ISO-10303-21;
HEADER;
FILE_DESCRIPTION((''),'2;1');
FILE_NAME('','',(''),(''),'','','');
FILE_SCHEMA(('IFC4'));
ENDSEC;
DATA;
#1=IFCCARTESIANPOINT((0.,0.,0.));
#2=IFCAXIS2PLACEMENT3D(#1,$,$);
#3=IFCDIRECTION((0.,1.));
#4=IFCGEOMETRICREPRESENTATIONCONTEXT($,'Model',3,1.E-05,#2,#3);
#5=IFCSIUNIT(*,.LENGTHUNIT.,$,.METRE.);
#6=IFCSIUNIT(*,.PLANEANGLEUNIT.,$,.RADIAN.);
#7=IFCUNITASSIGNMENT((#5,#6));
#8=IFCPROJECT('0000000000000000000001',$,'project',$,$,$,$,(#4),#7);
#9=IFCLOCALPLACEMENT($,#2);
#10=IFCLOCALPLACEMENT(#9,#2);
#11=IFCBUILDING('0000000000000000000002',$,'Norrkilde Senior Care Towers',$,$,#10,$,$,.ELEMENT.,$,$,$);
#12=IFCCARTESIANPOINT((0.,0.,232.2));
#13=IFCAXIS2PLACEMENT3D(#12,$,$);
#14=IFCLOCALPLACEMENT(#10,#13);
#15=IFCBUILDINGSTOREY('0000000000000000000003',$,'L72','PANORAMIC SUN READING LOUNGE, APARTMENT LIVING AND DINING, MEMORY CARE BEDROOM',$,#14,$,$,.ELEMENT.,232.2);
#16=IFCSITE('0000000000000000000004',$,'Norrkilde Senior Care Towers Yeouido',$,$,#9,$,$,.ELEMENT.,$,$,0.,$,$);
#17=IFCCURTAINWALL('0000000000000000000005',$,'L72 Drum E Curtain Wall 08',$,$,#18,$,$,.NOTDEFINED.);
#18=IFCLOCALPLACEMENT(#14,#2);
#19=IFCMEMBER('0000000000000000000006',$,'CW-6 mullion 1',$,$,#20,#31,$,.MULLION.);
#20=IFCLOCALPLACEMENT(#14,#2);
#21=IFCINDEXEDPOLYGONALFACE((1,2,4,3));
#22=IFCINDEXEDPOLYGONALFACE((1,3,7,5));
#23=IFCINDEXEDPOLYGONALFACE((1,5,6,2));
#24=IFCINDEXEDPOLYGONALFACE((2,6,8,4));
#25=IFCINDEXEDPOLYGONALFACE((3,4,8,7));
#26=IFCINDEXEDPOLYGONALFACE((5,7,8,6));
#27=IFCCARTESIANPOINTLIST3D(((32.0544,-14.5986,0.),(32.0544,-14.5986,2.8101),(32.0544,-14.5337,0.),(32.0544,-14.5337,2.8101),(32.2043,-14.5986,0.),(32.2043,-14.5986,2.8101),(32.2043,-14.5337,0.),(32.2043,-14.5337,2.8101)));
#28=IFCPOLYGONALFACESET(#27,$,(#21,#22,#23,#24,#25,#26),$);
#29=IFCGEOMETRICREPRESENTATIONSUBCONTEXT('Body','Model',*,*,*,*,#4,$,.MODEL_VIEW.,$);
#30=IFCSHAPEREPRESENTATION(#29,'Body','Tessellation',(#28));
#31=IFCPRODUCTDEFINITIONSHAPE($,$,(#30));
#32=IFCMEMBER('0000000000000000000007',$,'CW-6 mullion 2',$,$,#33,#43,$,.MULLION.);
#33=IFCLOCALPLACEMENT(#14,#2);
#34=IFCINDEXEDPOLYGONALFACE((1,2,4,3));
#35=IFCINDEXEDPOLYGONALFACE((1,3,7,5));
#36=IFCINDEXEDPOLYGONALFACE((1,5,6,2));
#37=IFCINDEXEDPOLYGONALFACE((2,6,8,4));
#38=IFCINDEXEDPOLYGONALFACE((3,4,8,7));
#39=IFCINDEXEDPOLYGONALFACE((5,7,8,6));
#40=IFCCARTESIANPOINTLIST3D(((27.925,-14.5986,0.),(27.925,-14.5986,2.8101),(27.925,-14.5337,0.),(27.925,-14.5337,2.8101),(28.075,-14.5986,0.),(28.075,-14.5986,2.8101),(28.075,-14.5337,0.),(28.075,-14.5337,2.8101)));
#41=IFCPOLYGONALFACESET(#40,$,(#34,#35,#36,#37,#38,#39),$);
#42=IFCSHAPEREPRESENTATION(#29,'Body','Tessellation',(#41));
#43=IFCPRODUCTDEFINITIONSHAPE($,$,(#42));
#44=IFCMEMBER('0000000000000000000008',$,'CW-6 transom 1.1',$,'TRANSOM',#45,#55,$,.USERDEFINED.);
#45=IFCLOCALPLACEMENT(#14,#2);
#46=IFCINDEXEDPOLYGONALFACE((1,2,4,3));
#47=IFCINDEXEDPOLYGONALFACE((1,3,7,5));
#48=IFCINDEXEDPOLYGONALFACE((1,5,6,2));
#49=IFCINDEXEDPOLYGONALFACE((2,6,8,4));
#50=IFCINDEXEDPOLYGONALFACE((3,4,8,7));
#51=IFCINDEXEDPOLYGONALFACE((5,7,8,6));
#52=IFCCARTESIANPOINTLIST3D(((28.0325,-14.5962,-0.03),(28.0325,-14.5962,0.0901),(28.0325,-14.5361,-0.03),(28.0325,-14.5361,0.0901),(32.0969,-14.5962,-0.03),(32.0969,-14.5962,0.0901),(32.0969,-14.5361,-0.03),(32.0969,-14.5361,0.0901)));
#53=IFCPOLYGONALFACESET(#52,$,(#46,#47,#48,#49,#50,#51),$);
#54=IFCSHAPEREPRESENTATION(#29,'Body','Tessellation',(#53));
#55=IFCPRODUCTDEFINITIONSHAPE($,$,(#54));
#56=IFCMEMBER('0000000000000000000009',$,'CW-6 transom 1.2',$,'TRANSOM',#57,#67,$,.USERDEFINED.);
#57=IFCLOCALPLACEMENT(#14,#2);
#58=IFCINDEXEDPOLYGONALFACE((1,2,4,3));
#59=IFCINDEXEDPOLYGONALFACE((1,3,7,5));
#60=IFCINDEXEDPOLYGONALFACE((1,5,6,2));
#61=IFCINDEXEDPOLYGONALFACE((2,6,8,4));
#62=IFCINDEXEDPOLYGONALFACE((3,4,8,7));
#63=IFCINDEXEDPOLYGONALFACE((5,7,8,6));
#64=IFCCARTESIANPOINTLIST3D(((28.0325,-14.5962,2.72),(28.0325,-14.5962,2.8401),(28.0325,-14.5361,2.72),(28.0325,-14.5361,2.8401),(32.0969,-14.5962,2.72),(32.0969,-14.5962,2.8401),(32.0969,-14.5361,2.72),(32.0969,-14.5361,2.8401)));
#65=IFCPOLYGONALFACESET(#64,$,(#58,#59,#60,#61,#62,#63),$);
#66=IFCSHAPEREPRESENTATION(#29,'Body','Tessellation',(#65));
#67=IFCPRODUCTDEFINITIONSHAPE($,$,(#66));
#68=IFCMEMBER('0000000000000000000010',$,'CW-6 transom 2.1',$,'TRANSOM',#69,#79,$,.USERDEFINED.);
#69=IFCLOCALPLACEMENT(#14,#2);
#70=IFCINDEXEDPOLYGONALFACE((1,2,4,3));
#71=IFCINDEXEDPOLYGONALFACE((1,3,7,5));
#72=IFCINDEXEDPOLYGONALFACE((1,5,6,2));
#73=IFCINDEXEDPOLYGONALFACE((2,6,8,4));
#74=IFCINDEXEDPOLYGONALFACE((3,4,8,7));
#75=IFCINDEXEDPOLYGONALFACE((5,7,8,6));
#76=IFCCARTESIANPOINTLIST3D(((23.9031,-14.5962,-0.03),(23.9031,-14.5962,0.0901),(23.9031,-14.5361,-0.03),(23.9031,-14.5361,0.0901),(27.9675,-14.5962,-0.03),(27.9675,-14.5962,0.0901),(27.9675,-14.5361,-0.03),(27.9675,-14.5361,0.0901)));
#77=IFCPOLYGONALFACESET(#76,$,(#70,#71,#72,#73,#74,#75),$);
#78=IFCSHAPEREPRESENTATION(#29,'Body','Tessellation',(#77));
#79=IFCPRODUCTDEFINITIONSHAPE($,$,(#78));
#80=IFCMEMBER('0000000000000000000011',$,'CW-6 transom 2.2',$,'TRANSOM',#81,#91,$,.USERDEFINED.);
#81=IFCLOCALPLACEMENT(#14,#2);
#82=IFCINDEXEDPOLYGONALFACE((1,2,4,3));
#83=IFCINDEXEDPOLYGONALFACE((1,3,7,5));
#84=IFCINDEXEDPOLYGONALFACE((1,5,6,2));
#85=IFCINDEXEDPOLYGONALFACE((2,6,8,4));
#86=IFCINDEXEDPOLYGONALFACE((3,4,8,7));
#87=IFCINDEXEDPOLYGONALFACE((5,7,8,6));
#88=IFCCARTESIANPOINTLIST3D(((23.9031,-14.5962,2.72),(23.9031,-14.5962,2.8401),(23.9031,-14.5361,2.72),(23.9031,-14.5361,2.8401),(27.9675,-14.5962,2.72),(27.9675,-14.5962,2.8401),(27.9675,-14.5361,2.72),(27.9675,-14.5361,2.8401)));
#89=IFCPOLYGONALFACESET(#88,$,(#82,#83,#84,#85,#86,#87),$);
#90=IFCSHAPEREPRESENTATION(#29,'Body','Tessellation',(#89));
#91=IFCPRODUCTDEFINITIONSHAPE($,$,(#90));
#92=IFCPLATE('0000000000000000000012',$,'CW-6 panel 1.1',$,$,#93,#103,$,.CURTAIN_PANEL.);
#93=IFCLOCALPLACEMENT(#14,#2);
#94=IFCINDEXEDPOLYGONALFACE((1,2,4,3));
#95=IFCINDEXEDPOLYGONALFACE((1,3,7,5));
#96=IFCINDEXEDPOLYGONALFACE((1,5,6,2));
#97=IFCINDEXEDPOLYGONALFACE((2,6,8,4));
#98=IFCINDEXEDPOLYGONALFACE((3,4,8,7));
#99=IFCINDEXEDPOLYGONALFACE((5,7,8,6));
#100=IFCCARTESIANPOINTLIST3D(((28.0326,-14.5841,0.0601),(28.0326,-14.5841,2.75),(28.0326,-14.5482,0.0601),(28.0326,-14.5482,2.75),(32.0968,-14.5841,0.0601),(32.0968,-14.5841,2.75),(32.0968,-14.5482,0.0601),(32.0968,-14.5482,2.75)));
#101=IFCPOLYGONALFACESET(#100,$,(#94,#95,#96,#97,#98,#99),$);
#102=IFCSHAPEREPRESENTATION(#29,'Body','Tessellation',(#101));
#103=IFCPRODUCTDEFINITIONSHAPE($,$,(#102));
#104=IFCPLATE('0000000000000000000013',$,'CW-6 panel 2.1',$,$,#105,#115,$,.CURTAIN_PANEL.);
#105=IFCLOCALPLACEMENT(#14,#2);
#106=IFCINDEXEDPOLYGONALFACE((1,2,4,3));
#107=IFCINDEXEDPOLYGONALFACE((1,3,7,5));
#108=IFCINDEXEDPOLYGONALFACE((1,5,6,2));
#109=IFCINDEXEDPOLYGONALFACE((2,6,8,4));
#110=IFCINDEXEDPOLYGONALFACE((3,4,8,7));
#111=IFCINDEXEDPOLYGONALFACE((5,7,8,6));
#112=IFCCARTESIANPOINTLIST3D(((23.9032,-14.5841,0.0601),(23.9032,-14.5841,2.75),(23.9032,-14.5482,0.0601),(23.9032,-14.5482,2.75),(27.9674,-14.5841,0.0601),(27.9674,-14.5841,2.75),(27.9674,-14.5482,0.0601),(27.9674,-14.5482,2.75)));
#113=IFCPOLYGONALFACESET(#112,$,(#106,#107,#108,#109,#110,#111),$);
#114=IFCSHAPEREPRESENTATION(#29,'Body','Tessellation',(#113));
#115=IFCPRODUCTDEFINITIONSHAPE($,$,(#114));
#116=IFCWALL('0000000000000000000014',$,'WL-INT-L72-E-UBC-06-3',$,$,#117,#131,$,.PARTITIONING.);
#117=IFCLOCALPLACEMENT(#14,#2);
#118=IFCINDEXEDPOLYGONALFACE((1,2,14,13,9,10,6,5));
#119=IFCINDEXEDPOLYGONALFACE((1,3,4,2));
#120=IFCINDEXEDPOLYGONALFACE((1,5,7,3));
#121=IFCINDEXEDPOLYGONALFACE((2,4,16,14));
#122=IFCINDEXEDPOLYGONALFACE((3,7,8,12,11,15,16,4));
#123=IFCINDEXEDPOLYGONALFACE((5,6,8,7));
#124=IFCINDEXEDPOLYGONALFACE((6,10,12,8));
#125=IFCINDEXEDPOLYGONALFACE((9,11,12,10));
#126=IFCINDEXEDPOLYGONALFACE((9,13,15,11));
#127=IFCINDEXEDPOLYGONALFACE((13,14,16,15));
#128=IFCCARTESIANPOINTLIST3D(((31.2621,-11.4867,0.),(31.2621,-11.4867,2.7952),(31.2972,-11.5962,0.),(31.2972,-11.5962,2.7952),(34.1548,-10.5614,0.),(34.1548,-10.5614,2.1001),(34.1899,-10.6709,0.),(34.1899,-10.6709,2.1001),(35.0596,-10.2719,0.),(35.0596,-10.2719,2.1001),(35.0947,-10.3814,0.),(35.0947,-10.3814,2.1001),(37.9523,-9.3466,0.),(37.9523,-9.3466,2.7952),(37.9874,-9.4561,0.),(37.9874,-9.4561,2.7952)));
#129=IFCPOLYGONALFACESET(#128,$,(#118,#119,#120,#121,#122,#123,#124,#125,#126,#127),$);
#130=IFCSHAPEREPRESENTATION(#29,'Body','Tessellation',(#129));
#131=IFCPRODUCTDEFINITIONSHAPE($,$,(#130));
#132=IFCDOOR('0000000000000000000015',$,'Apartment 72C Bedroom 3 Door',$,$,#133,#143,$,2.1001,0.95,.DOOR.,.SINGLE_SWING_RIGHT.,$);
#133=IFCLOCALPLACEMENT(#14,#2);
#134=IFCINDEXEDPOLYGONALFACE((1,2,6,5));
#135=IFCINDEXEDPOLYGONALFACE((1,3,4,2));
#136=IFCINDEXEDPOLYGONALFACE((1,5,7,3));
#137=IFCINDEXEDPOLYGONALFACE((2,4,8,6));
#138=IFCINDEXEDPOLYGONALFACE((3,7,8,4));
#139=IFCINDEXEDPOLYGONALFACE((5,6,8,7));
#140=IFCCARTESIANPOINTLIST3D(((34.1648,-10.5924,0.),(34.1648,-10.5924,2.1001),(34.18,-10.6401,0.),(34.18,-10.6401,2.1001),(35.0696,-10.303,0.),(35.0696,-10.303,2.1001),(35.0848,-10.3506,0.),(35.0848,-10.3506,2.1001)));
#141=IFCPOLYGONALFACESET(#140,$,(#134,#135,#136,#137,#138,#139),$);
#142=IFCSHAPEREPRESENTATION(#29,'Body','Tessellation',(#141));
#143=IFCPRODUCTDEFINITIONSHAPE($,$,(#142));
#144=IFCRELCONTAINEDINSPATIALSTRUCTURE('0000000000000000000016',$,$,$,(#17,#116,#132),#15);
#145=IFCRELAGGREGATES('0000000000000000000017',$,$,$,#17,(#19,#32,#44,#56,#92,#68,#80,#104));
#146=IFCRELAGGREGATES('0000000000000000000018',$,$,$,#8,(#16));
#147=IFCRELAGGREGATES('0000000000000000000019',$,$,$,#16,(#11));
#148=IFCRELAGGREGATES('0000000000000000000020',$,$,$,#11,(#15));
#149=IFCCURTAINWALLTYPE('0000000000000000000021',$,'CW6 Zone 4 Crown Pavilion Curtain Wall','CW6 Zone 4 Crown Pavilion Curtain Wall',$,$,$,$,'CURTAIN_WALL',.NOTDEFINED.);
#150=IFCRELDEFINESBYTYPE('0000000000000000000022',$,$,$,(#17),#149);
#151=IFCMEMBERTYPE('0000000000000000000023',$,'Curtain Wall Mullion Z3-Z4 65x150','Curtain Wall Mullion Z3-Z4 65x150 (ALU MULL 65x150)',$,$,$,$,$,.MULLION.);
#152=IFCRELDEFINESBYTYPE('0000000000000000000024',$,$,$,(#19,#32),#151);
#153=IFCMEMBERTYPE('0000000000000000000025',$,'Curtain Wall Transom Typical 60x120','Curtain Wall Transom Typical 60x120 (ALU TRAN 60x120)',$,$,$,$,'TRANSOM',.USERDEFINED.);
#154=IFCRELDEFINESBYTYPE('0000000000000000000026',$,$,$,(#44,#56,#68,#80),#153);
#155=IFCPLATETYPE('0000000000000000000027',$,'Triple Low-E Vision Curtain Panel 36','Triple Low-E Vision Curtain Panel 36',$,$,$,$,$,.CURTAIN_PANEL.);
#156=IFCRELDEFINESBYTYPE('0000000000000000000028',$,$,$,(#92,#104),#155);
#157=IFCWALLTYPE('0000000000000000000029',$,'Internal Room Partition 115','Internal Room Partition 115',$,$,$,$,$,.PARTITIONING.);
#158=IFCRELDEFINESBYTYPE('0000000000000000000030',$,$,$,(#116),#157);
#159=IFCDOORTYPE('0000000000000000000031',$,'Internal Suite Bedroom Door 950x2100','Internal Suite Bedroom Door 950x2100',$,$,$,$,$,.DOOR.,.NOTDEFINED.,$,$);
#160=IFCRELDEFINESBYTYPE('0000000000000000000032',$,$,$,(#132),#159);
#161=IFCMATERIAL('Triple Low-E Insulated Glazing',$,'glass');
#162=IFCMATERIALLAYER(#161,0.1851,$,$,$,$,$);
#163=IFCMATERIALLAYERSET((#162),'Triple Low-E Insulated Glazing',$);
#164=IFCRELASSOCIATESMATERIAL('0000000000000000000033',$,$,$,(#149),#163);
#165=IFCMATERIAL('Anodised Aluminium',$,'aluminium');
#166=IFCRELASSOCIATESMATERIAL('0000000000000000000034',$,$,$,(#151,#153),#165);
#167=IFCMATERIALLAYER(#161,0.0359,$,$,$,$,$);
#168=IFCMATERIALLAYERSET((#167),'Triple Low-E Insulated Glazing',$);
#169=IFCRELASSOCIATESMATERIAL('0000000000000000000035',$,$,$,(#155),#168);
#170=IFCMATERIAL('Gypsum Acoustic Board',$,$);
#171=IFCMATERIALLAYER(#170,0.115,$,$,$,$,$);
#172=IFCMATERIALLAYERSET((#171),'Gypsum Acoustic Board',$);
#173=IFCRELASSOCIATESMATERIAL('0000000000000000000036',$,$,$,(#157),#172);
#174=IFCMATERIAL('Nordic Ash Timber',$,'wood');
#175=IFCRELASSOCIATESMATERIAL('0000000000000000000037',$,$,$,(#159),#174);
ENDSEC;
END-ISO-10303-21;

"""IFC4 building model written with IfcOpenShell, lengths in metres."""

from ifc_helpers import new_model, si_unit, direction, frame, frame_2d, origin, origin_2d, place, context, subcontext, project, spatial, rectangle, extrude, source, transform, mapped, material, layer, layer_set, material_profile, profile_set, type_object, type_shapes, element, fill, aggregate, save


model = new_model("IFC4")

# Units and contexts
model_context = context("Model", 3, precision=1e-05, world=origin(), true_north=direction((0.0, 1.0)))
body_context = subcontext(model_context, "Body", "Model", "MODEL_VIEW")
ifc_project = project(units=[si_unit("LENGTHUNIT", "METRE"), si_unit("PLANEANGLEUNIT", "RADIAN")], contexts=[model_context])

# Site, building, storey
site_placement = place(None, origin())
site = spatial("IfcSite", under=ifc_project, at=site_placement, Name="Norrkilde Senior Care Towers Yeouido", CompositionType="ELEMENT", RefElevation=0.0)
building_placement = place(site_placement, origin())
building = spatial("IfcBuilding", under=site, at=building_placement, Name="Norrkilde Senior Care Towers", CompositionType="ELEMENT")
storey_placement = place(building_placement, frame((0.0, 0.0, 232.2)))
storey = spatial("IfcBuildingStorey", under=building, at=storey_placement, Name="L72", Description="PANORAMIC SUN READING LOUNGE, APARTMENT LIVING AND DINING, MEMORY CARE BEDROOM", CompositionType="ELEMENT", Elevation=232.2)

# Curtain wall, members, plates
ifc_material_1 = material(Name="Triple Low-E Insulated Glazing", Category="glass")
ifc_layer_1 = layer(ifc_material_1, 0.1851)
ifc_layer_set_1 = layer_set([ifc_layer_1], Name="Triple Low-E Insulated Glazing")
curtain_wall_type = type_object("IfcCurtainWallType", Name="CW6 Zone 4 Crown Pavilion Curtain Wall", Description="CW6 Zone 4 Crown Pavilion Curtain Wall", ElementType="CURTAIN_WALL", PredefinedType="NOTDEFINED", material=ifc_layer_set_1)
curtain_wall_placement = place(storey_placement, origin())
curtain_wall = element("IfcCurtainWall", 1, at=curtain_wall_placement, inside=storey, type_object=curtain_wall_type, Name="L72 Drum E Curtain Wall 08", PredefinedType="NOTDEFINED")
ifc_material_2 = material(Name="Anodised Aluminium", Category="aluminium")
ifc_material_profile_1 = material_profile(ifc_material_2, rectangle(XDim=0.0649, YDim=0.1499, at=origin_2d()), Name="ALU MULL 65x150")
ifc_profile_set_1 = profile_set([ifc_material_profile_1], Name="Anodised Aluminium")
member_type_1 = type_object("IfcMemberType", Name="Curtain Wall Mullion Z3-Z4 65x150", Description="Curtain Wall Mullion Z3-Z4 65x150 (ALU MULL 65x150)", PredefinedType="MULLION", material=ifc_profile_set_1)
shared_shape_1 = source(origin(), body_context, "Body", "SweptSolid", [
    extrude(rectangle(XDim=0.0649, YDim=0.1499, at=origin_2d()), origin(), (0.0, 0.0, 1.0), 2.8101),
])
type_shapes(member_type_1, [shared_shape_1])
member_1_placement = place(storey_placement, frame((32.1294, -14.5662, 0.0), z_axis=(0.0, 0.0, 1.0), x_axis=(0.0, -1.0, 0.0)))
member_1 = element("IfcMember", 2, at=member_1_placement, type_object=member_type_1, Name="CW-6 mullion 1", PredefinedType="MULLION", context=body_context, shape_type="MappedRepresentation", body=[
    mapped(shared_shape_1, transform((0.0, 0.0, 0.0), x_axis=(1.0, 0.0, 0.0), y_axis=(0.0, 1.0, 0.0), z_axis=(0.0, 0.0, 1.0), scale=1.0)),
])
member_2_placement = place(storey_placement, frame((28.0, -14.5662, 0.0), z_axis=(0.0, 0.0, 1.0), x_axis=(0.0, -1.0, 0.0)))
member_2 = element("IfcMember", 3, at=member_2_placement, type_object=member_type_1, Name="CW-6 mullion 2", PredefinedType="MULLION", context=body_context, shape_type="MappedRepresentation", body=[
    mapped(shared_shape_1, transform((0.0, 0.0, 0.0), x_axis=(1.0, 0.0, 0.0), y_axis=(0.0, 1.0, 0.0), z_axis=(0.0, 0.0, 1.0), scale=1.0)),
])
ifc_material_profile_2 = material_profile(ifc_material_2, rectangle(XDim=0.0601, YDim=0.1201, at=origin_2d()), Name="ALU TRAN 60x120")
ifc_profile_set_2 = profile_set([ifc_material_profile_2], Name="Anodised Aluminium")
member_type_2 = type_object("IfcMemberType", Name="Curtain Wall Transom Typical 60x120", Description="Curtain Wall Transom Typical 60x120 (ALU TRAN 60x120)", ElementType="TRANSOM", PredefinedType="USERDEFINED", material=ifc_profile_set_2)
shared_shape_2 = source(origin(), body_context, "Body", "SweptSolid", [
    extrude(rectangle(XDim=0.0601, YDim=0.1201, at=origin_2d()), origin(), (0.0, 0.0, 1.0), 4.0645),
])
type_shapes(member_type_2, [shared_shape_2])
member_3_placement = place(storey_placement, frame((32.0969, -14.5662, 0.03), z_axis=(-1.0, 0.0, 0.0), x_axis=(0.0, -1.0, 0.0)))
member_3 = element("IfcMember", 4, at=member_3_placement, type_object=member_type_2, Name="CW-6 transom 1.1", ObjectType="TRANSOM", PredefinedType="USERDEFINED", context=body_context, shape_type="MappedRepresentation", body=[
    mapped(shared_shape_2, transform((0.0, 0.0, 0.0), x_axis=(1.0, 0.0, 0.0), y_axis=(0.0, 1.0, 0.0), z_axis=(0.0, 0.0, 1.0), scale=1.0)),
])
member_4_placement = place(storey_placement, frame((32.0969, -14.5662, 2.78), z_axis=(-1.0, 0.0, 0.0), x_axis=(0.0, -1.0, 0.0)))
member_4 = element("IfcMember", 5, at=member_4_placement, type_object=member_type_2, Name="CW-6 transom 1.2", ObjectType="TRANSOM", PredefinedType="USERDEFINED", context=body_context, shape_type="MappedRepresentation", body=[
    mapped(shared_shape_2, transform((0.0, 0.0, 0.0), x_axis=(1.0, 0.0, 0.0), y_axis=(0.0, 1.0, 0.0), z_axis=(0.0, 0.0, 1.0), scale=1.0)),
])
member_5_placement = place(storey_placement, frame((27.9675, -14.5662, 0.03), z_axis=(-1.0, 0.0, 0.0), x_axis=(0.0, -1.0, 0.0)))
member_5 = element("IfcMember", 6, at=member_5_placement, type_object=member_type_2, Name="CW-6 transom 2.1", ObjectType="TRANSOM", PredefinedType="USERDEFINED", context=body_context, shape_type="MappedRepresentation", body=[
    mapped(shared_shape_2, transform((0.0, 0.0, 0.0), x_axis=(1.0, 0.0, 0.0), y_axis=(0.0, 1.0, 0.0), z_axis=(0.0, 0.0, 1.0), scale=1.0)),
])
member_6_placement = place(storey_placement, frame((27.9675, -14.5662, 2.78), z_axis=(-1.0, 0.0, 0.0), x_axis=(0.0, -1.0, 0.0)))
member_6 = element("IfcMember", 7, at=member_6_placement, type_object=member_type_2, Name="CW-6 transom 2.2", ObjectType="TRANSOM", PredefinedType="USERDEFINED", context=body_context, shape_type="MappedRepresentation", body=[
    mapped(shared_shape_2, transform((0.0, 0.0, 0.0), x_axis=(1.0, 0.0, 0.0), y_axis=(0.0, 1.0, 0.0), z_axis=(0.0, 0.0, 1.0), scale=1.0)),
])
ifc_layer_2 = layer(ifc_material_1, 0.0359)
ifc_layer_set_2 = layer_set([ifc_layer_2], Name="Triple Low-E Insulated Glazing")
plate_type = type_object("IfcPlateType", Name="Triple Low-E Vision Curtain Panel 36", Description="Triple Low-E Vision Curtain Panel 36", PredefinedType="CURTAIN_PANEL", material=ifc_layer_set_2)
shared_shape_3 = source(origin(), body_context, "Body", "SweptSolid", [
    extrude(rectangle(XDim=4.0642, YDim=0.0359, at=origin_2d()), origin(), (0.0, 0.0, 1.0), 2.6899),
])
type_shapes(plate_type, [shared_shape_3])
plate_1_placement = place(storey_placement, frame((30.0647, -14.5662, 0.0601), z_axis=(0.0, 0.0, 1.0), x_axis=(-1.0, 0.0, 0.0)))
plate_1 = element("IfcPlate", 8, at=plate_1_placement, type_object=plate_type, Name="CW-6 panel 1.1", PredefinedType="CURTAIN_PANEL", context=body_context, shape_type="MappedRepresentation", body=[
    mapped(shared_shape_3, transform((0.0, 0.0, 0.0), x_axis=(1.0, 0.0, 0.0), y_axis=(0.0, 1.0, 0.0), z_axis=(0.0, 0.0, 1.0), scale=1.0)),
])
plate_2_placement = place(storey_placement, frame((25.9353, -14.5662, 0.0601), z_axis=(0.0, 0.0, 1.0), x_axis=(-1.0, 0.0, 0.0)))
plate_2 = element("IfcPlate", 9, at=plate_2_placement, type_object=plate_type, Name="CW-6 panel 2.1", PredefinedType="CURTAIN_PANEL", context=body_context, shape_type="MappedRepresentation", body=[
    mapped(shared_shape_3, transform((0.0, 0.0, 0.0), x_axis=(1.0, 0.0, 0.0), y_axis=(0.0, 1.0, 0.0), z_axis=(0.0, 0.0, 1.0), scale=1.0)),
])
aggregate(curtain_wall, [member_1, member_2, member_3, member_4, plate_1, member_5, member_6, plate_2])

# Wall, opening, door
ifc_material_3 = material(Name="Gypsum Acoustic Board")
ifc_layer_3 = layer(ifc_material_3, 0.115)
ifc_layer_set_3 = layer_set([ifc_layer_3], Name="Gypsum Acoustic Board")
wall_type = type_object("IfcWallType", Name="Internal Room Partition 115", Description="Internal Room Partition 115", PredefinedType="PARTITIONING", material=ifc_layer_set_3)
shared_shape_4 = source(origin(), body_context, "Body", "SweptSolid", [
    extrude(rectangle(XDim=7.0242, YDim=0.115, at=frame_2d((3.5122, 0.0))), origin(), (0.0, 0.0, 1.0), 2.7952),
])
wall_1_placement = place(storey_placement, frame((31.2795, -11.5415, 0.0), z_axis=(0.0, 0.0, 1.0), x_axis=(0.952454, 0.304682, 0.0)))
wall_1 = element("IfcWall", 10, at=wall_1_placement, inside=storey, type_object=wall_type, Name="WL-INT-L72-E-UBC-06-3", PredefinedType="PARTITIONING", context=body_context, shape_type="MappedRepresentation", body=[
    mapped(shared_shape_4, transform((0.0, 0.0, 0.0), x_axis=(1.0, 0.0, 0.0), y_axis=(0.0, 1.0, 0.0), z_axis=(0.0, 0.0, 1.0), scale=1.0)),
])
opening_1_placement = place(wall_1_placement, frame((3.0371, 0.0, 0.0)))
opening_1 = element("IfcOpeningElement", 11, at=opening_1_placement, cuts=wall_1, PredefinedType="OPENING", context=body_context, shape_type="SweptSolid", body=[
    extrude(rectangle(XDim=0.95, YDim=2.1001, at=frame_2d((0.4751, 1.05))), frame((0.0, 0.0674, 0.0), z_axis=(0.0, -1.0, 0.0), x_axis=(1.0, 0.0, 0.0)), (0.0, 0.0, 1.0), 0.135),
])
ifc_material_4 = material(Name="Nordic Ash Timber", Category="wood")
door_type = type_object("IfcDoorType", Name="Internal Suite Bedroom Door 950x2100", Description="Internal Suite Bedroom Door 950x2100", OperationType="NOTDEFINED", PredefinedType="DOOR", material=ifc_material_4)
shared_shape_5 = source(origin(), body_context, "Body", "SweptSolid", [
    extrude(rectangle(XDim=0.95, YDim=2.1001, at=frame_2d((0.4751, 1.05))), frame((0.0, 0.0249, 0.0), z_axis=(0.0, -1.0, 0.0), x_axis=(1.0, 0.0, 0.0)), (0.0, 0.0, 1.0), 0.05),
])
type_shapes(door_type, [shared_shape_5])
door_1_placement = place(opening_1_placement, origin())
door_1 = element("IfcDoor", 12, at=door_1_placement, inside=storey, type_object=door_type, Name="Apartment 72C Bedroom 3 Door", OperationType="SINGLE_SWING_RIGHT", OverallHeight=2.1001, OverallWidth=0.95, PredefinedType="DOOR", context=body_context, shape_type="MappedRepresentation", body=[
    mapped(shared_shape_5, transform((0.0, 0.0, 0.0), x_axis=(1.0, 0.0, 0.0), y_axis=(0.0, 1.0, 0.0), z_axis=(0.0, 0.0, 1.0), scale=1.0)),
])
fill(opening_1, door_1)

save(model, "model.ifc")
